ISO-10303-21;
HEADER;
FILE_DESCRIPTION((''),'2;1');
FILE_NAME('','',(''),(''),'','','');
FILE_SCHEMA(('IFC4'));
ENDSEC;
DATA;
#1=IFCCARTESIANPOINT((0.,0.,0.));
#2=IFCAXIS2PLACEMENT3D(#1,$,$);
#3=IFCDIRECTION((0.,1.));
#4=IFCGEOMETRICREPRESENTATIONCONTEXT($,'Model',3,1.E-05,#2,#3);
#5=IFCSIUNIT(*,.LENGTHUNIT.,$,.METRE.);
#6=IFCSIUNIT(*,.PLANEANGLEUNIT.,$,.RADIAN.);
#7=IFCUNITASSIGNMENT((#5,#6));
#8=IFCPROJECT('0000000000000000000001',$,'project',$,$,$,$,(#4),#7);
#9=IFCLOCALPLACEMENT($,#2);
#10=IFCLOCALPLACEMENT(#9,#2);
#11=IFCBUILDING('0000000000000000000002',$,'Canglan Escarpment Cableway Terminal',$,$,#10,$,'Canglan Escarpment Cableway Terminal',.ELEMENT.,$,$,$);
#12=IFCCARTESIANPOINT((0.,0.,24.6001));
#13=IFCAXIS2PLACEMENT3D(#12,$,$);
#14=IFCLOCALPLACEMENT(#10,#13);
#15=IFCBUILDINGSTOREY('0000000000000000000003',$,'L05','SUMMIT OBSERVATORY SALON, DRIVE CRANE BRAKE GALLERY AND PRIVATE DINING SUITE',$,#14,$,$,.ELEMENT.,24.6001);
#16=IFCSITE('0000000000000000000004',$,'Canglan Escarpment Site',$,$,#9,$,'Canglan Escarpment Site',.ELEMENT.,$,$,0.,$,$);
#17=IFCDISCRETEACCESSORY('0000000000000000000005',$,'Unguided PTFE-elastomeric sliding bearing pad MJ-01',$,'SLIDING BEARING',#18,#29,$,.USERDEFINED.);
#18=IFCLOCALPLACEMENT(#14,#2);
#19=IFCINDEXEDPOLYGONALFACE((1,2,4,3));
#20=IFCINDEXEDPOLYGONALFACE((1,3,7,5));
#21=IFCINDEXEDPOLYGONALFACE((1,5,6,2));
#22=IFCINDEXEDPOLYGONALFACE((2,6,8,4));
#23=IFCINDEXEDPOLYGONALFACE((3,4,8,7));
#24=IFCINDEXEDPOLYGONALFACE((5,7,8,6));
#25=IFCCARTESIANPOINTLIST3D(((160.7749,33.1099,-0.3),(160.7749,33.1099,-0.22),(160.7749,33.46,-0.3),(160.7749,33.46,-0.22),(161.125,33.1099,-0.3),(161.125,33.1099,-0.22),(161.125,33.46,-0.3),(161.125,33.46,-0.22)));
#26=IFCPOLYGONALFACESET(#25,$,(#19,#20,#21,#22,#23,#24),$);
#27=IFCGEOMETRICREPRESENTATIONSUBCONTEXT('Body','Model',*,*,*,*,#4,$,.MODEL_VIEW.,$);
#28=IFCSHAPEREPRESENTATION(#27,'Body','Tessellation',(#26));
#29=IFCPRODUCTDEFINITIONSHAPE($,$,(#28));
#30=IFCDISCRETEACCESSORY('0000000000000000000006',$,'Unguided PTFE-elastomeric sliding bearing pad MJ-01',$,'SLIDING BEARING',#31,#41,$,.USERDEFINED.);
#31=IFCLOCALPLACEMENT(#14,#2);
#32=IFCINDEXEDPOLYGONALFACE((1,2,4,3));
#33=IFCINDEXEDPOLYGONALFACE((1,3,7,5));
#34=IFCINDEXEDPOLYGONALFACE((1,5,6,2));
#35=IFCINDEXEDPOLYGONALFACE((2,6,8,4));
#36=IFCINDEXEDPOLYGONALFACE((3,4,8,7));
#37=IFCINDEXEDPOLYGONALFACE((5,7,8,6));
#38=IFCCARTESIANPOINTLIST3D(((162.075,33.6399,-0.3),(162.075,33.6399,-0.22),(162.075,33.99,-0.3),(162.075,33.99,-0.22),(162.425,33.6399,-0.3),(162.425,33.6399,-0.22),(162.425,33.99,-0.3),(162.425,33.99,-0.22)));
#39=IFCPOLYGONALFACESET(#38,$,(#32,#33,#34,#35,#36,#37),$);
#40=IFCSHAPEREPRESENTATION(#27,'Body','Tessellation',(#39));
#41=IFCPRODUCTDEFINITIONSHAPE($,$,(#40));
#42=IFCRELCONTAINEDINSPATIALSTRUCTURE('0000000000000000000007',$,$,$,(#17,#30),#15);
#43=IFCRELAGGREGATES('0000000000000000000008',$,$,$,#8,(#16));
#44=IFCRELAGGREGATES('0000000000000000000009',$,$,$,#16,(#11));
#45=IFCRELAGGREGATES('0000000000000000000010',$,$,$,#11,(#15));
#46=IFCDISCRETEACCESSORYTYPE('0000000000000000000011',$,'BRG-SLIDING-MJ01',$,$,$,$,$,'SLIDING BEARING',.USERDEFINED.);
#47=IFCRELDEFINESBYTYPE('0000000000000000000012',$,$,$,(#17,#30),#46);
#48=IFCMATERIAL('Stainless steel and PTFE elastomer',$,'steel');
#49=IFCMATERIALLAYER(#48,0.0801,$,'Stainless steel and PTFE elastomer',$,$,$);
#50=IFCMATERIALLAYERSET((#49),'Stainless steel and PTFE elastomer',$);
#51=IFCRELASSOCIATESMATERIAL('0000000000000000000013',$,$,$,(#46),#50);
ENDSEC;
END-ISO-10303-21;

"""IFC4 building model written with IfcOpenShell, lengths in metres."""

from ifc_helpers import new_model, si_unit, direction, frame, origin, origin_2d, place, context, subcontext, project, spatial, rectangle, extrude, material, layer, layer_set, type_object, element, save


model = new_model("IFC4")

# Units and contexts
model_context = context("Model", 3, precision=1e-05, world=origin(), true_north=direction((0.0, 1.0)))
body_context = subcontext(model_context, "Body", "Model", "MODEL_VIEW")
ifc_project = project(units=[si_unit("LENGTHUNIT", "METRE"), si_unit("PLANEANGLEUNIT", "RADIAN")], contexts=[model_context])

# Site, building, storey
site_placement = place(None, origin())
site = spatial("IfcSite", under=ifc_project, at=site_placement, Name="Canglan Escarpment Site", LongName="Canglan Escarpment Site", CompositionType="ELEMENT", RefElevation=0.0)
building_placement = place(site_placement, origin())
building = spatial("IfcBuilding", under=site, at=building_placement, Name="Canglan Escarpment Cableway Terminal", LongName="Canglan Escarpment Cableway Terminal", CompositionType="ELEMENT")
storey_placement = place(building_placement, frame((0.0, 0.0, 24.6001)))
storey = spatial("IfcBuildingStorey", under=building, at=storey_placement, Name="L05", Description="SUMMIT OBSERVATORY SALON, DRIVE CRANE BRAKE GALLERY AND PRIVATE DINING SUITE", CompositionType="ELEMENT", Elevation=24.6001)

# Discrete accessories
ifc_material_1 = material(Name="Stainless steel and PTFE elastomer", Category="steel")
ifc_layer_1 = layer(ifc_material_1, 0.0801, Name="Stainless steel and PTFE elastomer")
ifc_layer_set_1 = layer_set([ifc_layer_1], Name="Stainless steel and PTFE elastomer")
discrete_accessory_type_1 = type_object("IfcDiscreteAccessoryType", Name="BRG-SLIDING-MJ01", ElementType="SLIDING BEARING", PredefinedType="USERDEFINED", material=ifc_layer_set_1)
for number, where, z_axis, x_axis, name in (
    (1, (160.95, 33.2849, -0.3), (0.0, 0.0, 1.0), (1.0, 0.0, 0.0), "Unguided PTFE-elastomeric sliding bearing pad MJ-01"),
    (2, (162.25, 33.8149, -0.3), (0.0, 0.0, 1.0), (1.0, 0.0, 0.0), "Unguided PTFE-elastomeric sliding bearing pad MJ-01"),
):
    element("IfcDiscreteAccessory", number, at=place(storey_placement, frame(where, z_axis=z_axis, x_axis=x_axis)), inside=storey, type_object=discrete_accessory_type_1, Name=name, ObjectType="SLIDING BEARING", PredefinedType="USERDEFINED", context=body_context, shape_type="SweptSolid", body=[
        extrude(rectangle(XDim=0.3501, YDim=0.3501, at=origin_2d()), origin(), (0.0, 0.0, 1.0), 0.0801),
    ])

save(model, "model.ifc")
